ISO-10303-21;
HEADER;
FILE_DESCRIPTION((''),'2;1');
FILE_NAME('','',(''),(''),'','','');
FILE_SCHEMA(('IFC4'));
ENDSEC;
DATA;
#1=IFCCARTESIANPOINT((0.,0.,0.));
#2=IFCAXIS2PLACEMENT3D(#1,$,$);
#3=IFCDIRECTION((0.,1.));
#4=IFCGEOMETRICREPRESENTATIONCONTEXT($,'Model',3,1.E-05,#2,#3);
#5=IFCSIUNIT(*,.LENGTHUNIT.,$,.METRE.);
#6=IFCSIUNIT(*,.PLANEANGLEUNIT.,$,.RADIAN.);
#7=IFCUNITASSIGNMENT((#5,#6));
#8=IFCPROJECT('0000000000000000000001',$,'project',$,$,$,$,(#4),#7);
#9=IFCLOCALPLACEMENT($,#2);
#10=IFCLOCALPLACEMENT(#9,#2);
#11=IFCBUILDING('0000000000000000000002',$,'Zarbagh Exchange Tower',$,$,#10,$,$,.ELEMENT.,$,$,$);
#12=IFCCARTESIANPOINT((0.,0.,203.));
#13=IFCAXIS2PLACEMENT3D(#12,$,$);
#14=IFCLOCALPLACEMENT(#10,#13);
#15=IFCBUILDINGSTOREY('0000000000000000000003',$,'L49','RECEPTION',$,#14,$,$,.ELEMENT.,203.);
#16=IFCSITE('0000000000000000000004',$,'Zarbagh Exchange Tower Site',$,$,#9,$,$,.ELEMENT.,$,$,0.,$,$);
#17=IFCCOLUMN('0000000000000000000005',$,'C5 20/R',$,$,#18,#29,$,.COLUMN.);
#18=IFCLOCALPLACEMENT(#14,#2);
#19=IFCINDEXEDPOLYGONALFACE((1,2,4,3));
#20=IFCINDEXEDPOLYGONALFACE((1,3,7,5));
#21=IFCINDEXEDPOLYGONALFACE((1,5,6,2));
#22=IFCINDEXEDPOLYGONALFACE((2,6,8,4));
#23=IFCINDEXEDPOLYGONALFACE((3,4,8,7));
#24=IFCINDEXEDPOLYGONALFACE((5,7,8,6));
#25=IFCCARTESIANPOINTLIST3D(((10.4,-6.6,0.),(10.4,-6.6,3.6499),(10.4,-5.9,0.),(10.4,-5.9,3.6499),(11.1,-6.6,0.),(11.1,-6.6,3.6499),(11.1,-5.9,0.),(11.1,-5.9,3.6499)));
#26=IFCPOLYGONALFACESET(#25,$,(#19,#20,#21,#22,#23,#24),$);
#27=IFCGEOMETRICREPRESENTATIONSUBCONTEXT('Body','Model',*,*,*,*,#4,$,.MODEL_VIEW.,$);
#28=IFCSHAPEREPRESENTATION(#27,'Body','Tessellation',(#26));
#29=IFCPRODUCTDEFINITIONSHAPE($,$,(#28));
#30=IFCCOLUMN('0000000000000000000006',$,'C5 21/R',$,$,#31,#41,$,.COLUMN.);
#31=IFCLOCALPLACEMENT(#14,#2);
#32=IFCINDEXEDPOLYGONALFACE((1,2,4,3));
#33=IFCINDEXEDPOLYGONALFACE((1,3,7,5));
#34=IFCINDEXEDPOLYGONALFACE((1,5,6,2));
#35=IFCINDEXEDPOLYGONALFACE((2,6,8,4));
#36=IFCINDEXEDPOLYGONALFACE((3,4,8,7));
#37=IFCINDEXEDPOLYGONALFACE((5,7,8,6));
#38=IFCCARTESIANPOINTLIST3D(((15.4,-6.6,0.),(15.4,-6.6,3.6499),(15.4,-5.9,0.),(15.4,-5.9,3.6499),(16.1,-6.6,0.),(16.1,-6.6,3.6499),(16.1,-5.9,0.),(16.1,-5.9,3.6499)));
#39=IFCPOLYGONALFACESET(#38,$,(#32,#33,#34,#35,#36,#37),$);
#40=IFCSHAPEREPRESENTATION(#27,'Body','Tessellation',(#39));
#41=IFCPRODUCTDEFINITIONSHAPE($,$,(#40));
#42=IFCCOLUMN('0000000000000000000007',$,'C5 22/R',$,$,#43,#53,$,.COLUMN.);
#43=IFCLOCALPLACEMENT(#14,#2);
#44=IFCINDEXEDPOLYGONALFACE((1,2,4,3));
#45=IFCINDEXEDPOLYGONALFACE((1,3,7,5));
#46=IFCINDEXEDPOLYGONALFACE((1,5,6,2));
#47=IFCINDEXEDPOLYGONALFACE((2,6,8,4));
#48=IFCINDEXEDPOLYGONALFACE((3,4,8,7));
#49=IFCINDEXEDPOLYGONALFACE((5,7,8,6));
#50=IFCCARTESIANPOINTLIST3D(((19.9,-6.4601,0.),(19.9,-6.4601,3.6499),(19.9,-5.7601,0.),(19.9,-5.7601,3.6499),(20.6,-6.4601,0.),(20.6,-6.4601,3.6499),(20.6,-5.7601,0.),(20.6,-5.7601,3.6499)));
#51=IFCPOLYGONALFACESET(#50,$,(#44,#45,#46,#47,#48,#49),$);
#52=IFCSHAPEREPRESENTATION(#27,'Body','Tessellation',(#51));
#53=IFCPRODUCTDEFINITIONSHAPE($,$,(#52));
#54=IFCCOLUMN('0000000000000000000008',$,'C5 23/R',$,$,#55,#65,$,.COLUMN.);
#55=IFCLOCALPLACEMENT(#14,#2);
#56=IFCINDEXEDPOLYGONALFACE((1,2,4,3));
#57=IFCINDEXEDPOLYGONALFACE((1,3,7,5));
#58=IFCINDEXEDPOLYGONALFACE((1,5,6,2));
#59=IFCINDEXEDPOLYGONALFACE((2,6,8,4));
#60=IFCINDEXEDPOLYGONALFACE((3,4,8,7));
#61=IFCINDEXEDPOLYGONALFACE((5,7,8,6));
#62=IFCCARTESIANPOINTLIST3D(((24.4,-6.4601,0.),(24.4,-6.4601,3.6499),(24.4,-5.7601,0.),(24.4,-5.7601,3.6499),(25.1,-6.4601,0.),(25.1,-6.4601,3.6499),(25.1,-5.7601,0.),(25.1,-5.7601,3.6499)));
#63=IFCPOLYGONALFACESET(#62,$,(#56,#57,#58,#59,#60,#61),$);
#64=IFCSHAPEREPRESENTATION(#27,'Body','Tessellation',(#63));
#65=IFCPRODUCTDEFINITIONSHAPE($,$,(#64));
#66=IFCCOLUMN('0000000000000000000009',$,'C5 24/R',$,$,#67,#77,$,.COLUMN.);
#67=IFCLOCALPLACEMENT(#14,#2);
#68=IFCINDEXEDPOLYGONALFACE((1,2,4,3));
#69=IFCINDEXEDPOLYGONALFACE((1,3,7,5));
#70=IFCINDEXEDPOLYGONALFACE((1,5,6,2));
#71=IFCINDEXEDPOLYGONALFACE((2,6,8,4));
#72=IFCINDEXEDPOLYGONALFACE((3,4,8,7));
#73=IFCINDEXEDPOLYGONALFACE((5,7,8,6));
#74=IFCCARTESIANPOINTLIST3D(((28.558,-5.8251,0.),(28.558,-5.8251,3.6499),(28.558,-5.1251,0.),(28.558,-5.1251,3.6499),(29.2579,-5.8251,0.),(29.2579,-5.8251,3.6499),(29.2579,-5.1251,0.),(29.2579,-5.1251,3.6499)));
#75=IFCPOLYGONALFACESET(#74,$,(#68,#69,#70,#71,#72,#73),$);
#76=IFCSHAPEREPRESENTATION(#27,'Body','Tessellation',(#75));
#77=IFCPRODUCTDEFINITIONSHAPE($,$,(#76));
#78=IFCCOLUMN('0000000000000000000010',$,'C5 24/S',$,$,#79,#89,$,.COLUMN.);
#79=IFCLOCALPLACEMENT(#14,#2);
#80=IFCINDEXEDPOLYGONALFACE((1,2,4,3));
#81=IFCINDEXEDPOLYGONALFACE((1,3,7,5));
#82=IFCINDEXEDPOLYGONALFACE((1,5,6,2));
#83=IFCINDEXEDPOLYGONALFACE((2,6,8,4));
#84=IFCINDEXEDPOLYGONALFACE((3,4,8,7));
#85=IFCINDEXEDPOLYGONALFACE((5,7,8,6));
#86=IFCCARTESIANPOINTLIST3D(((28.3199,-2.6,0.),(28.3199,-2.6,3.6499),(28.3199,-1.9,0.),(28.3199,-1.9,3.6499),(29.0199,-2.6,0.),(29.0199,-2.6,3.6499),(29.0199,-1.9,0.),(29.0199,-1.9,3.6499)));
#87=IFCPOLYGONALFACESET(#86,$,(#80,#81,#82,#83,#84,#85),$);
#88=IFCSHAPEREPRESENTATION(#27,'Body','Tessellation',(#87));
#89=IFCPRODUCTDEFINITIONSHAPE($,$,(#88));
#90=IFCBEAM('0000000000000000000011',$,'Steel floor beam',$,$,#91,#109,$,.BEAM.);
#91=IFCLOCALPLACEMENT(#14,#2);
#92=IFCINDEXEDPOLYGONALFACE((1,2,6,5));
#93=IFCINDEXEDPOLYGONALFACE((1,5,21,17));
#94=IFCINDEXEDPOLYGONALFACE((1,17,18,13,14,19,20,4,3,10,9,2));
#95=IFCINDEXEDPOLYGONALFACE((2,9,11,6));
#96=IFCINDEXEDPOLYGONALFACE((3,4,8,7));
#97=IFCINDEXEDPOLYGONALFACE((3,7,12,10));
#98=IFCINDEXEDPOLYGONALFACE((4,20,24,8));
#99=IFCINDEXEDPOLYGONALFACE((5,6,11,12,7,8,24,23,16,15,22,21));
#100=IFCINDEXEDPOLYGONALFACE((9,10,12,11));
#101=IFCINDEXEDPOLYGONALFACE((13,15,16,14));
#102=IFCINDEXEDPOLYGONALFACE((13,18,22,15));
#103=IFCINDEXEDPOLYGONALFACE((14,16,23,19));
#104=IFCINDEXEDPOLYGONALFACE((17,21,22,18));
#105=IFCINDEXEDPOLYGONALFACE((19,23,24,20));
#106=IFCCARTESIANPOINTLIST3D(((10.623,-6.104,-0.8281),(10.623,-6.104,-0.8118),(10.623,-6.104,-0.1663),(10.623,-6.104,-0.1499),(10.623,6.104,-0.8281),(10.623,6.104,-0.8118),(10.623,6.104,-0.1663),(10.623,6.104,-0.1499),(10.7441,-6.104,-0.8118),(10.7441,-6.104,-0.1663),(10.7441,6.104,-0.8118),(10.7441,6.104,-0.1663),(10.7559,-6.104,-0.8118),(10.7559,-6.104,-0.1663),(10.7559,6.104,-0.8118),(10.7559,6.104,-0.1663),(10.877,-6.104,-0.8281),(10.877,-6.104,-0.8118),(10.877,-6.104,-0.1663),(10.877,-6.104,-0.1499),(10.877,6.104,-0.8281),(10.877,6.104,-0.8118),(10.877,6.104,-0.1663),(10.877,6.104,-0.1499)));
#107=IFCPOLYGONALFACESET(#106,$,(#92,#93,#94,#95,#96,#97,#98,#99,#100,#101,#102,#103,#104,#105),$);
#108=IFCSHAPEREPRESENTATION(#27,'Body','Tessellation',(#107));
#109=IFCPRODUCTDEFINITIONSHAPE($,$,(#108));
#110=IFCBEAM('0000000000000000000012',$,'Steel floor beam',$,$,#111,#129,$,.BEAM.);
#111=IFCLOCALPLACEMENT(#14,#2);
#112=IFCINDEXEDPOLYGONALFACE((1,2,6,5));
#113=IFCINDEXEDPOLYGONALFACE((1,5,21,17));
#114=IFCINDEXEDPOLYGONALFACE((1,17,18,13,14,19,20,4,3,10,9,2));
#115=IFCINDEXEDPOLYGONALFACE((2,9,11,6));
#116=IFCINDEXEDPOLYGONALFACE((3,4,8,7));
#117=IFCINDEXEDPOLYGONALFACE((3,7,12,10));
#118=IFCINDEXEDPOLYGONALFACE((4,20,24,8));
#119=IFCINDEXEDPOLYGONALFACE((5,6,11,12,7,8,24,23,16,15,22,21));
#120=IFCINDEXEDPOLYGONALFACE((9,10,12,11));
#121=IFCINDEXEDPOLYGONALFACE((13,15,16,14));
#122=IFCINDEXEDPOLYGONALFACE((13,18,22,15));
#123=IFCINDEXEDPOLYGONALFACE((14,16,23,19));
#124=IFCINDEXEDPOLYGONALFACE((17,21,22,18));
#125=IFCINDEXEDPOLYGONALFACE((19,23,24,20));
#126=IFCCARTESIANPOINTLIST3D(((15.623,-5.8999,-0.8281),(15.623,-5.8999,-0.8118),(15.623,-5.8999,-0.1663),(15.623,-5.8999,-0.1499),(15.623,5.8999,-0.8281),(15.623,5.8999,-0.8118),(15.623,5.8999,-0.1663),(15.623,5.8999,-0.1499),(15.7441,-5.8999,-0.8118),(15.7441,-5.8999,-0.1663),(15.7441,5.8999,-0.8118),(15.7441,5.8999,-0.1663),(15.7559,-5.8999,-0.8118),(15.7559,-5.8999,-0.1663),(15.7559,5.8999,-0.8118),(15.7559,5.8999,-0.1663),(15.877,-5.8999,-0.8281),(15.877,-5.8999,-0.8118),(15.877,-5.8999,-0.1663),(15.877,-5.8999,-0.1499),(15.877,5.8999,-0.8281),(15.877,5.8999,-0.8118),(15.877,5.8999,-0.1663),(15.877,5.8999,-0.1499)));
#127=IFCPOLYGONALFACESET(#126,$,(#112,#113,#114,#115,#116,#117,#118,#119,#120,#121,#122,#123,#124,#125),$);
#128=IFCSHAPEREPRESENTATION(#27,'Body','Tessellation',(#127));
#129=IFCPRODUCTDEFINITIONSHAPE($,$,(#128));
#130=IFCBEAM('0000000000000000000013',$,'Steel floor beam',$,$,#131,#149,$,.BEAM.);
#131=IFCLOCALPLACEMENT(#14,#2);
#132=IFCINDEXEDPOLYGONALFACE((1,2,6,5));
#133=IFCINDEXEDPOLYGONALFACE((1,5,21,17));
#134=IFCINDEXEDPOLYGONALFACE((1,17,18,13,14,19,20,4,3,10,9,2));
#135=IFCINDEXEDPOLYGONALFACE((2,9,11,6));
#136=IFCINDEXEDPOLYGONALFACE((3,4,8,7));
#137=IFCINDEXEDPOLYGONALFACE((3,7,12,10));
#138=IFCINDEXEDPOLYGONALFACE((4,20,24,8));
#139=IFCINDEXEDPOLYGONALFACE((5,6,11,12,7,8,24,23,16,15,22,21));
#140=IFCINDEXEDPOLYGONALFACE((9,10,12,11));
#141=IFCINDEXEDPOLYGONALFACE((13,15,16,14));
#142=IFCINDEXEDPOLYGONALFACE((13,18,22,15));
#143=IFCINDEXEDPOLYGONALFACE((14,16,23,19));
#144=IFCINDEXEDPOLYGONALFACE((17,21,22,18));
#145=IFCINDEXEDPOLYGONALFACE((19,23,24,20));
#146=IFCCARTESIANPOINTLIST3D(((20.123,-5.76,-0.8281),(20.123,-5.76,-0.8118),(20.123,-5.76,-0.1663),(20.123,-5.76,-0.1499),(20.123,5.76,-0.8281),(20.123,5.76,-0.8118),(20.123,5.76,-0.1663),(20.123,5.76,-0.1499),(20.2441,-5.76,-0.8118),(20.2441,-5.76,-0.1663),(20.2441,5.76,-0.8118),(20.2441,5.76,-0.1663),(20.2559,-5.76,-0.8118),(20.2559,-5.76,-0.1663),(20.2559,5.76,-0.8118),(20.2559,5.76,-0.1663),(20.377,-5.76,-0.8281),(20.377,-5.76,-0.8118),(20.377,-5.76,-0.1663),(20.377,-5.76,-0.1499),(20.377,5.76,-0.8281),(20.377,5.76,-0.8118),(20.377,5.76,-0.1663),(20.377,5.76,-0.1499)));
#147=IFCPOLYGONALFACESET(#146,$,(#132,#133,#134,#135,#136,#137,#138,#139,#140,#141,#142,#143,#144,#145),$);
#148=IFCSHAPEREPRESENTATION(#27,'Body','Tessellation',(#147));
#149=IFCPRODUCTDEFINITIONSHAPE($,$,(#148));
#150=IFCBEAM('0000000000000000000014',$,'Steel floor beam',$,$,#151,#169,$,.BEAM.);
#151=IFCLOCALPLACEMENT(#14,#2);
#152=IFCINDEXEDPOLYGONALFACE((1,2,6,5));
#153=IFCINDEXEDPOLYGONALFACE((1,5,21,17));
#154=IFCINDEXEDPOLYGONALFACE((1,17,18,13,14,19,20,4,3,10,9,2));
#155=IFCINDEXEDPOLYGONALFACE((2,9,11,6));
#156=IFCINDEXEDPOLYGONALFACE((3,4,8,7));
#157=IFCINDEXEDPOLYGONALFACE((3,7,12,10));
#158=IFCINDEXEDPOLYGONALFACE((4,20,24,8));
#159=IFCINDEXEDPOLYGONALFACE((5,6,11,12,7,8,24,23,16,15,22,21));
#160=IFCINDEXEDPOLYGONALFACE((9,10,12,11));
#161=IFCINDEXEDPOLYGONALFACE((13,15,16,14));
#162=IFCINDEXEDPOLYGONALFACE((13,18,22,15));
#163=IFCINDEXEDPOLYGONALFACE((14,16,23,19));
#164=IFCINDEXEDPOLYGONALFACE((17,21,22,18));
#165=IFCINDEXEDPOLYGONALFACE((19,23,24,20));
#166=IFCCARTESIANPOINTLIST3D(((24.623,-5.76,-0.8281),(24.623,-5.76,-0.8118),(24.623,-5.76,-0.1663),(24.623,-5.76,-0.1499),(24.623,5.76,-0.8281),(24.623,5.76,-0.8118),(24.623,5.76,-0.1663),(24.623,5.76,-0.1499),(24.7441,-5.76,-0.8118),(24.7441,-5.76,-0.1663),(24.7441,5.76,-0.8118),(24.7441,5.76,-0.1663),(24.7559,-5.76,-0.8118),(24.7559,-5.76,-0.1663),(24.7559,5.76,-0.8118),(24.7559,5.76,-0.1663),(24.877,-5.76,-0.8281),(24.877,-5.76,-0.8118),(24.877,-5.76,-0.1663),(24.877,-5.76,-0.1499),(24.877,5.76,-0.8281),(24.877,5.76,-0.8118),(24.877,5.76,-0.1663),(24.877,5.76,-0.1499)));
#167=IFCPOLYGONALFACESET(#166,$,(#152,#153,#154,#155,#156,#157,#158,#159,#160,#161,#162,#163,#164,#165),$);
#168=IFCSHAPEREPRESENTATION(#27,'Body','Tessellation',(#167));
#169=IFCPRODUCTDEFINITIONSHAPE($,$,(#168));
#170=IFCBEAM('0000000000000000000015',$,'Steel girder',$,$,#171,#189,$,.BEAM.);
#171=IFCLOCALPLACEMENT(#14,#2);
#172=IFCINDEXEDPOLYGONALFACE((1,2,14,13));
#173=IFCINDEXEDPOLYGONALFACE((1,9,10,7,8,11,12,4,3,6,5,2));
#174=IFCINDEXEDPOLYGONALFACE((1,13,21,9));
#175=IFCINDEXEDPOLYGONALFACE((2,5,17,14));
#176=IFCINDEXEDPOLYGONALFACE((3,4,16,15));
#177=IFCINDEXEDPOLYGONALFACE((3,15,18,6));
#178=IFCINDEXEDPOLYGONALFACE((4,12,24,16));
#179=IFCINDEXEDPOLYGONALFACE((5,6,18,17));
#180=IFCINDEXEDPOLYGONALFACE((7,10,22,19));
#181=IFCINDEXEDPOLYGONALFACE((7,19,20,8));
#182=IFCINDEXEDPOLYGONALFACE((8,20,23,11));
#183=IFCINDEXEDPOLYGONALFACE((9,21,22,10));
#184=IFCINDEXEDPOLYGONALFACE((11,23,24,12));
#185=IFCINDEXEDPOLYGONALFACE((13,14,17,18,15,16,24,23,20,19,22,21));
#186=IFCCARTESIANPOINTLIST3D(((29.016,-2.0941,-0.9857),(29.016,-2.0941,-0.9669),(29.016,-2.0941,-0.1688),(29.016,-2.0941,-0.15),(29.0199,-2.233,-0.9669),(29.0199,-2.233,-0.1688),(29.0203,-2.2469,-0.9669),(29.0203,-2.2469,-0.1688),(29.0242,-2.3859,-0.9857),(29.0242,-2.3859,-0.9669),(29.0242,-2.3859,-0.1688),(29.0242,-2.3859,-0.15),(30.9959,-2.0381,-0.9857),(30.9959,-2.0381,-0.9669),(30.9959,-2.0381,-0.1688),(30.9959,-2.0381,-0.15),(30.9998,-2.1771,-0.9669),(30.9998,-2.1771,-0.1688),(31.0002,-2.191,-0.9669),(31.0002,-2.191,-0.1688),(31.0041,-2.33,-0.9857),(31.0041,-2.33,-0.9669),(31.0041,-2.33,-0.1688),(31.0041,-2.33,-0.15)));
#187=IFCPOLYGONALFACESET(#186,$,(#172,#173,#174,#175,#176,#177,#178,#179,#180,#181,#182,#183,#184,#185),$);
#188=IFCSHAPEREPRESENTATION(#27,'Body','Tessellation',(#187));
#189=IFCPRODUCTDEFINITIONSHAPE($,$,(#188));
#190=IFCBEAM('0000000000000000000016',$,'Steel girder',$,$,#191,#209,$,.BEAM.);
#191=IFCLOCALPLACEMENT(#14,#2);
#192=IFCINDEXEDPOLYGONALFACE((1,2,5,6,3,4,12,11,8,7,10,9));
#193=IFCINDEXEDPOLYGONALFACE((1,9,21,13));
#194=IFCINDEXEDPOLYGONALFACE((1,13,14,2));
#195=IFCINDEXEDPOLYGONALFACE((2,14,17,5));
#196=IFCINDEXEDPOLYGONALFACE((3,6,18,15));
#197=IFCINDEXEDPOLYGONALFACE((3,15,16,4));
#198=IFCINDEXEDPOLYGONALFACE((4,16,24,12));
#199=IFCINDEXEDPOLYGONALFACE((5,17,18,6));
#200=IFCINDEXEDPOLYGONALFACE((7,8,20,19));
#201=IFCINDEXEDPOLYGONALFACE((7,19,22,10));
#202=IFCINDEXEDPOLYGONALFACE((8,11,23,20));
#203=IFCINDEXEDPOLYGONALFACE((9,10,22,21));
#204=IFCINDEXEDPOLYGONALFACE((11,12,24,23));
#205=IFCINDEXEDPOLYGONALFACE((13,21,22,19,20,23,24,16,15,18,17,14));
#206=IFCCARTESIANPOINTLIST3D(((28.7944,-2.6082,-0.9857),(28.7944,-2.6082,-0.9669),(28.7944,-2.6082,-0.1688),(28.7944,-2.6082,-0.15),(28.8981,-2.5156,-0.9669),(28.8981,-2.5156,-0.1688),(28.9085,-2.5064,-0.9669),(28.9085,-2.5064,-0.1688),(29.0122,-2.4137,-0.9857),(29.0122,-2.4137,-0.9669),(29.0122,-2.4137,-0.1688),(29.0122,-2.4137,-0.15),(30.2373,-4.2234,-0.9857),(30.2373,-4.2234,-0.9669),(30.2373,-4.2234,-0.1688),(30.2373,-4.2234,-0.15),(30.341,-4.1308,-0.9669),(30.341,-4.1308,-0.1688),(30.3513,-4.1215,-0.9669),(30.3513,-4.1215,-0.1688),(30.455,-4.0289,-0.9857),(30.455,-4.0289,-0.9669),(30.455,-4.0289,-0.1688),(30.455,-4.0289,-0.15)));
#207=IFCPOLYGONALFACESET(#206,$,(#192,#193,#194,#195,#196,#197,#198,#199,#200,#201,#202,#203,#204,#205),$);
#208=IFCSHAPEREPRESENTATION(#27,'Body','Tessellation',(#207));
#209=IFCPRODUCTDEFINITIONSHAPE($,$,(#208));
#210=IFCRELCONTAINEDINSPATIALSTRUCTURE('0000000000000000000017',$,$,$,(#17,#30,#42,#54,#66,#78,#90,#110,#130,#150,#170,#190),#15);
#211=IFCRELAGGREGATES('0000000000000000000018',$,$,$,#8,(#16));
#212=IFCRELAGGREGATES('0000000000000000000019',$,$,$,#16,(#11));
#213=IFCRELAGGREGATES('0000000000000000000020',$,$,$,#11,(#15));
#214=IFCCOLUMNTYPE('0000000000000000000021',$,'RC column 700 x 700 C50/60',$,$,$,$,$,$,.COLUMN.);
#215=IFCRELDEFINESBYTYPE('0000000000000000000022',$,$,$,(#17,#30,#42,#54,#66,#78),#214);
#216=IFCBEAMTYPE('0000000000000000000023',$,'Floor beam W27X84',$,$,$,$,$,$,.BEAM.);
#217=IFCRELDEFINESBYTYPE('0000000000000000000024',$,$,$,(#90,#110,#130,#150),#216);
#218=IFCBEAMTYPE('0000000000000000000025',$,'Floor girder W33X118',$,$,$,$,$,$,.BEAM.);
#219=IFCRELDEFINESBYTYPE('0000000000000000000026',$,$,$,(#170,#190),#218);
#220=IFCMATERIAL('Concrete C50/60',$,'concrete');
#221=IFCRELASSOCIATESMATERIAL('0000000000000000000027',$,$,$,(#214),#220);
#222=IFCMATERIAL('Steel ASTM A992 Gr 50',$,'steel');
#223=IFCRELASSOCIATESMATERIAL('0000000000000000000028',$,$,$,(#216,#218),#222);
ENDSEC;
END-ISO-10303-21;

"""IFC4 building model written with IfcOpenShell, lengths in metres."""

from ifc_helpers import new_model, si_unit, direction, frame, origin, origin_2d, place, context, subcontext, project, spatial, rectangle, i_section, extrude, material, material_profile, profile_set, type_object, element, save


model = new_model("IFC4")

# Units and contexts
model_context = context("Model", 3, precision=1e-05, world=origin(), true_north=direction((0.0, 1.0)))
body_context = subcontext(model_context, "Body", "Model", "MODEL_VIEW")
ifc_project = project(units=[si_unit("LENGTHUNIT", "METRE"), si_unit("PLANEANGLEUNIT", "RADIAN")], contexts=[model_context])

# Site, building, storey
site_placement = place(None, origin())
site = spatial("IfcSite", under=ifc_project, at=site_placement, Name="Zarbagh Exchange Tower Site", CompositionType="ELEMENT", RefElevation=0.0)
building_placement = place(site_placement, origin())
building = spatial("IfcBuilding", under=site, at=building_placement, Name="Zarbagh Exchange Tower", CompositionType="ELEMENT")
storey_placement = place(building_placement, frame((0.0, 0.0, 203.0)))
storey = spatial("IfcBuildingStorey", under=building, at=storey_placement, Name="L49", Description="RECEPTION", CompositionType="ELEMENT", Elevation=203.0)

# Columns
ifc_material_1 = material(Name="Concrete C50/60", Category="concrete")
ifc_material_profile_1 = material_profile(ifc_material_1, rectangle(XDim=0.7, YDim=0.7, at=origin_2d()), Name="RC column 700 x 700 C50/60")
ifc_profile_set_1 = profile_set([ifc_material_profile_1], Name="Concrete C50/60")
column_type = type_object("IfcColumnType", Name="RC column 700 x 700 C50/60", PredefinedType="COLUMN", material=ifc_profile_set_1)
for number, where, z_axis, x_axis, name in (
    (1, (10.75, -6.25, 0.0), (0.0, 0.0, 1.0), (1.0, 0.0, 0.0), "C5 20/R"),
    (2, (15.75, -6.25, 0.0), (0.0, 0.0, 1.0), (1.0, 0.0, 0.0), "C5 21/R"),
    (3, (20.25, -6.1101, 0.0), (0.0, 0.0, 1.0), (1.0, 0.0, 0.0), "C5 22/R"),
    (4, (24.75, -6.1101, 0.0), (0.0, 0.0, 1.0), (1.0, 0.0, 0.0), "C5 23/R"),
    (5, (28.908, -5.4751, 0.0), (0.0, 0.0, 1.0), (1.0, 0.0, 0.0), "C5 24/R"),
    (6, (28.6699, -2.25, 0.0), (0.0, 0.0, 1.0), (1.0, 0.0, 0.0), "C5 24/S"),
):
    element("IfcColumn", number, at=place(storey_placement, frame(where, z_axis=z_axis, x_axis=x_axis)), inside=storey, type_object=column_type, Name=name, PredefinedType="COLUMN", context=body_context, shape_type="SweptSolid", body=[
        extrude(rectangle(XDim=0.7, YDim=0.7, at=origin_2d()), origin(), (0.0, 0.0, 1.0), 3.6499),
    ])

# Beams
ifc_material_2 = material(Name="Steel ASTM A992 Gr 50", Category="steel")
ifc_material_profile_2 = material_profile(ifc_material_2, i_section(OverallWidth=0.2539, OverallDepth=0.6782, WebThickness=0.0117, FlangeThickness=0.0164, at=origin_2d()), Name="W27X84")
ifc_profile_set_2 = profile_set([ifc_material_profile_2], Name="Steel ASTM A992 Gr 50")
beam_type_1 = type_object("IfcBeamType", Name="Floor beam W27X84", PredefinedType="BEAM", material=ifc_profile_set_2)
beam_1_placement = place(storey_placement, frame((10.75, -6.104, -0.489), z_axis=(0.0, 1.0, 0.0), x_axis=(-1.0, 0.0, 0.0)))
element("IfcBeam", 7, at=beam_1_placement, inside=storey, type_object=beam_type_1, Name="Steel floor beam", PredefinedType="BEAM", context=body_context, shape_type="SweptSolid", body=[
    extrude(i_section(OverallWidth=0.2539, OverallDepth=0.6782, WebThickness=0.0117, FlangeThickness=0.0164, at=origin_2d()), origin(), (0.0, 0.0, 1.0), 12.208),
])
beam_2_placement = place(storey_placement, frame((15.75, -5.8999, -0.489), z_axis=(0.0, 1.0, 0.0), x_axis=(-1.0, 0.0, 0.0)))
element("IfcBeam", 8, at=beam_2_placement, inside=storey, type_object=beam_type_1, Name="Steel floor beam", PredefinedType="BEAM", context=body_context, shape_type="SweptSolid", body=[
    extrude(i_section(OverallWidth=0.2539, OverallDepth=0.6782, WebThickness=0.0117, FlangeThickness=0.0164, at=origin_2d()), origin(), (0.0, 0.0, 1.0), 11.7998),
])
for number, where, z_axis, x_axis, name in (
    (9, (20.25, -5.76, -0.489), (0.0, 1.0, 0.0), (-1.0, 0.0, 0.0), "Steel floor beam"),
    (10, (24.75, -5.76, -0.489), (0.0, 1.0, 0.0), (-1.0, 0.0, 0.0), "Steel floor beam"),
):
    element("IfcBeam", number, at=place(storey_placement, frame(where, z_axis=z_axis, x_axis=x_axis)), inside=storey, type_object=beam_type_1, Name=name, PredefinedType="BEAM", context=body_context, shape_type="SweptSolid", body=[
        extrude(i_section(OverallWidth=0.2539, OverallDepth=0.6782, WebThickness=0.0117, FlangeThickness=0.0164, at=origin_2d()), origin(), (0.0, 0.0, 1.0), 11.52),
    ])
ifc_material_profile_3 = material_profile(ifc_material_2, i_section(OverallWidth=0.292, OverallDepth=0.8357, WebThickness=0.0139, FlangeThickness=0.0188, at=origin_2d()), Name="W33X118")
ifc_profile_set_3 = profile_set([ifc_material_profile_3], Name="Steel ASTM A992 Gr 50")
beam_type_2 = type_object("IfcBeamType", Name="Floor girder W33X118", PredefinedType="BEAM", material=ifc_profile_set_3)
beam_3_placement = place(storey_placement, frame((31.0, -2.1841, -0.5679), z_axis=(-0.999602, -0.028225, 0.0), x_axis=(0.028225, -0.999602, 0.0)))
element("IfcBeam", 11, at=beam_3_placement, inside=storey, type_object=beam_type_2, Name="Steel girder", PredefinedType="BEAM", context=body_context, shape_type="SweptSolid", body=[
    extrude(i_section(OverallWidth=0.292, OverallDepth=0.8357, WebThickness=0.0139, FlangeThickness=0.0188, at=origin_2d()), origin(), (0.0, 0.0, 1.0), 1.9807),
])
beam_4_placement = place(storey_placement, frame((28.9033, -2.511, -0.5679), z_axis=(0.666195, -0.745778, 0.0), x_axis=(0.745778, 0.666195, 0.0)))
element("IfcBeam", 12, at=beam_4_placement, inside=storey, type_object=beam_type_2, Name="Steel girder", PredefinedType="BEAM", context=body_context, shape_type="SweptSolid", body=[
    extrude(i_section(OverallWidth=0.292, OverallDepth=0.8357, WebThickness=0.0139, FlangeThickness=0.0188, at=origin_2d()), origin(), (0.0, 0.0, 1.0), 2.1658),
])

save(model, "model.ifc")
